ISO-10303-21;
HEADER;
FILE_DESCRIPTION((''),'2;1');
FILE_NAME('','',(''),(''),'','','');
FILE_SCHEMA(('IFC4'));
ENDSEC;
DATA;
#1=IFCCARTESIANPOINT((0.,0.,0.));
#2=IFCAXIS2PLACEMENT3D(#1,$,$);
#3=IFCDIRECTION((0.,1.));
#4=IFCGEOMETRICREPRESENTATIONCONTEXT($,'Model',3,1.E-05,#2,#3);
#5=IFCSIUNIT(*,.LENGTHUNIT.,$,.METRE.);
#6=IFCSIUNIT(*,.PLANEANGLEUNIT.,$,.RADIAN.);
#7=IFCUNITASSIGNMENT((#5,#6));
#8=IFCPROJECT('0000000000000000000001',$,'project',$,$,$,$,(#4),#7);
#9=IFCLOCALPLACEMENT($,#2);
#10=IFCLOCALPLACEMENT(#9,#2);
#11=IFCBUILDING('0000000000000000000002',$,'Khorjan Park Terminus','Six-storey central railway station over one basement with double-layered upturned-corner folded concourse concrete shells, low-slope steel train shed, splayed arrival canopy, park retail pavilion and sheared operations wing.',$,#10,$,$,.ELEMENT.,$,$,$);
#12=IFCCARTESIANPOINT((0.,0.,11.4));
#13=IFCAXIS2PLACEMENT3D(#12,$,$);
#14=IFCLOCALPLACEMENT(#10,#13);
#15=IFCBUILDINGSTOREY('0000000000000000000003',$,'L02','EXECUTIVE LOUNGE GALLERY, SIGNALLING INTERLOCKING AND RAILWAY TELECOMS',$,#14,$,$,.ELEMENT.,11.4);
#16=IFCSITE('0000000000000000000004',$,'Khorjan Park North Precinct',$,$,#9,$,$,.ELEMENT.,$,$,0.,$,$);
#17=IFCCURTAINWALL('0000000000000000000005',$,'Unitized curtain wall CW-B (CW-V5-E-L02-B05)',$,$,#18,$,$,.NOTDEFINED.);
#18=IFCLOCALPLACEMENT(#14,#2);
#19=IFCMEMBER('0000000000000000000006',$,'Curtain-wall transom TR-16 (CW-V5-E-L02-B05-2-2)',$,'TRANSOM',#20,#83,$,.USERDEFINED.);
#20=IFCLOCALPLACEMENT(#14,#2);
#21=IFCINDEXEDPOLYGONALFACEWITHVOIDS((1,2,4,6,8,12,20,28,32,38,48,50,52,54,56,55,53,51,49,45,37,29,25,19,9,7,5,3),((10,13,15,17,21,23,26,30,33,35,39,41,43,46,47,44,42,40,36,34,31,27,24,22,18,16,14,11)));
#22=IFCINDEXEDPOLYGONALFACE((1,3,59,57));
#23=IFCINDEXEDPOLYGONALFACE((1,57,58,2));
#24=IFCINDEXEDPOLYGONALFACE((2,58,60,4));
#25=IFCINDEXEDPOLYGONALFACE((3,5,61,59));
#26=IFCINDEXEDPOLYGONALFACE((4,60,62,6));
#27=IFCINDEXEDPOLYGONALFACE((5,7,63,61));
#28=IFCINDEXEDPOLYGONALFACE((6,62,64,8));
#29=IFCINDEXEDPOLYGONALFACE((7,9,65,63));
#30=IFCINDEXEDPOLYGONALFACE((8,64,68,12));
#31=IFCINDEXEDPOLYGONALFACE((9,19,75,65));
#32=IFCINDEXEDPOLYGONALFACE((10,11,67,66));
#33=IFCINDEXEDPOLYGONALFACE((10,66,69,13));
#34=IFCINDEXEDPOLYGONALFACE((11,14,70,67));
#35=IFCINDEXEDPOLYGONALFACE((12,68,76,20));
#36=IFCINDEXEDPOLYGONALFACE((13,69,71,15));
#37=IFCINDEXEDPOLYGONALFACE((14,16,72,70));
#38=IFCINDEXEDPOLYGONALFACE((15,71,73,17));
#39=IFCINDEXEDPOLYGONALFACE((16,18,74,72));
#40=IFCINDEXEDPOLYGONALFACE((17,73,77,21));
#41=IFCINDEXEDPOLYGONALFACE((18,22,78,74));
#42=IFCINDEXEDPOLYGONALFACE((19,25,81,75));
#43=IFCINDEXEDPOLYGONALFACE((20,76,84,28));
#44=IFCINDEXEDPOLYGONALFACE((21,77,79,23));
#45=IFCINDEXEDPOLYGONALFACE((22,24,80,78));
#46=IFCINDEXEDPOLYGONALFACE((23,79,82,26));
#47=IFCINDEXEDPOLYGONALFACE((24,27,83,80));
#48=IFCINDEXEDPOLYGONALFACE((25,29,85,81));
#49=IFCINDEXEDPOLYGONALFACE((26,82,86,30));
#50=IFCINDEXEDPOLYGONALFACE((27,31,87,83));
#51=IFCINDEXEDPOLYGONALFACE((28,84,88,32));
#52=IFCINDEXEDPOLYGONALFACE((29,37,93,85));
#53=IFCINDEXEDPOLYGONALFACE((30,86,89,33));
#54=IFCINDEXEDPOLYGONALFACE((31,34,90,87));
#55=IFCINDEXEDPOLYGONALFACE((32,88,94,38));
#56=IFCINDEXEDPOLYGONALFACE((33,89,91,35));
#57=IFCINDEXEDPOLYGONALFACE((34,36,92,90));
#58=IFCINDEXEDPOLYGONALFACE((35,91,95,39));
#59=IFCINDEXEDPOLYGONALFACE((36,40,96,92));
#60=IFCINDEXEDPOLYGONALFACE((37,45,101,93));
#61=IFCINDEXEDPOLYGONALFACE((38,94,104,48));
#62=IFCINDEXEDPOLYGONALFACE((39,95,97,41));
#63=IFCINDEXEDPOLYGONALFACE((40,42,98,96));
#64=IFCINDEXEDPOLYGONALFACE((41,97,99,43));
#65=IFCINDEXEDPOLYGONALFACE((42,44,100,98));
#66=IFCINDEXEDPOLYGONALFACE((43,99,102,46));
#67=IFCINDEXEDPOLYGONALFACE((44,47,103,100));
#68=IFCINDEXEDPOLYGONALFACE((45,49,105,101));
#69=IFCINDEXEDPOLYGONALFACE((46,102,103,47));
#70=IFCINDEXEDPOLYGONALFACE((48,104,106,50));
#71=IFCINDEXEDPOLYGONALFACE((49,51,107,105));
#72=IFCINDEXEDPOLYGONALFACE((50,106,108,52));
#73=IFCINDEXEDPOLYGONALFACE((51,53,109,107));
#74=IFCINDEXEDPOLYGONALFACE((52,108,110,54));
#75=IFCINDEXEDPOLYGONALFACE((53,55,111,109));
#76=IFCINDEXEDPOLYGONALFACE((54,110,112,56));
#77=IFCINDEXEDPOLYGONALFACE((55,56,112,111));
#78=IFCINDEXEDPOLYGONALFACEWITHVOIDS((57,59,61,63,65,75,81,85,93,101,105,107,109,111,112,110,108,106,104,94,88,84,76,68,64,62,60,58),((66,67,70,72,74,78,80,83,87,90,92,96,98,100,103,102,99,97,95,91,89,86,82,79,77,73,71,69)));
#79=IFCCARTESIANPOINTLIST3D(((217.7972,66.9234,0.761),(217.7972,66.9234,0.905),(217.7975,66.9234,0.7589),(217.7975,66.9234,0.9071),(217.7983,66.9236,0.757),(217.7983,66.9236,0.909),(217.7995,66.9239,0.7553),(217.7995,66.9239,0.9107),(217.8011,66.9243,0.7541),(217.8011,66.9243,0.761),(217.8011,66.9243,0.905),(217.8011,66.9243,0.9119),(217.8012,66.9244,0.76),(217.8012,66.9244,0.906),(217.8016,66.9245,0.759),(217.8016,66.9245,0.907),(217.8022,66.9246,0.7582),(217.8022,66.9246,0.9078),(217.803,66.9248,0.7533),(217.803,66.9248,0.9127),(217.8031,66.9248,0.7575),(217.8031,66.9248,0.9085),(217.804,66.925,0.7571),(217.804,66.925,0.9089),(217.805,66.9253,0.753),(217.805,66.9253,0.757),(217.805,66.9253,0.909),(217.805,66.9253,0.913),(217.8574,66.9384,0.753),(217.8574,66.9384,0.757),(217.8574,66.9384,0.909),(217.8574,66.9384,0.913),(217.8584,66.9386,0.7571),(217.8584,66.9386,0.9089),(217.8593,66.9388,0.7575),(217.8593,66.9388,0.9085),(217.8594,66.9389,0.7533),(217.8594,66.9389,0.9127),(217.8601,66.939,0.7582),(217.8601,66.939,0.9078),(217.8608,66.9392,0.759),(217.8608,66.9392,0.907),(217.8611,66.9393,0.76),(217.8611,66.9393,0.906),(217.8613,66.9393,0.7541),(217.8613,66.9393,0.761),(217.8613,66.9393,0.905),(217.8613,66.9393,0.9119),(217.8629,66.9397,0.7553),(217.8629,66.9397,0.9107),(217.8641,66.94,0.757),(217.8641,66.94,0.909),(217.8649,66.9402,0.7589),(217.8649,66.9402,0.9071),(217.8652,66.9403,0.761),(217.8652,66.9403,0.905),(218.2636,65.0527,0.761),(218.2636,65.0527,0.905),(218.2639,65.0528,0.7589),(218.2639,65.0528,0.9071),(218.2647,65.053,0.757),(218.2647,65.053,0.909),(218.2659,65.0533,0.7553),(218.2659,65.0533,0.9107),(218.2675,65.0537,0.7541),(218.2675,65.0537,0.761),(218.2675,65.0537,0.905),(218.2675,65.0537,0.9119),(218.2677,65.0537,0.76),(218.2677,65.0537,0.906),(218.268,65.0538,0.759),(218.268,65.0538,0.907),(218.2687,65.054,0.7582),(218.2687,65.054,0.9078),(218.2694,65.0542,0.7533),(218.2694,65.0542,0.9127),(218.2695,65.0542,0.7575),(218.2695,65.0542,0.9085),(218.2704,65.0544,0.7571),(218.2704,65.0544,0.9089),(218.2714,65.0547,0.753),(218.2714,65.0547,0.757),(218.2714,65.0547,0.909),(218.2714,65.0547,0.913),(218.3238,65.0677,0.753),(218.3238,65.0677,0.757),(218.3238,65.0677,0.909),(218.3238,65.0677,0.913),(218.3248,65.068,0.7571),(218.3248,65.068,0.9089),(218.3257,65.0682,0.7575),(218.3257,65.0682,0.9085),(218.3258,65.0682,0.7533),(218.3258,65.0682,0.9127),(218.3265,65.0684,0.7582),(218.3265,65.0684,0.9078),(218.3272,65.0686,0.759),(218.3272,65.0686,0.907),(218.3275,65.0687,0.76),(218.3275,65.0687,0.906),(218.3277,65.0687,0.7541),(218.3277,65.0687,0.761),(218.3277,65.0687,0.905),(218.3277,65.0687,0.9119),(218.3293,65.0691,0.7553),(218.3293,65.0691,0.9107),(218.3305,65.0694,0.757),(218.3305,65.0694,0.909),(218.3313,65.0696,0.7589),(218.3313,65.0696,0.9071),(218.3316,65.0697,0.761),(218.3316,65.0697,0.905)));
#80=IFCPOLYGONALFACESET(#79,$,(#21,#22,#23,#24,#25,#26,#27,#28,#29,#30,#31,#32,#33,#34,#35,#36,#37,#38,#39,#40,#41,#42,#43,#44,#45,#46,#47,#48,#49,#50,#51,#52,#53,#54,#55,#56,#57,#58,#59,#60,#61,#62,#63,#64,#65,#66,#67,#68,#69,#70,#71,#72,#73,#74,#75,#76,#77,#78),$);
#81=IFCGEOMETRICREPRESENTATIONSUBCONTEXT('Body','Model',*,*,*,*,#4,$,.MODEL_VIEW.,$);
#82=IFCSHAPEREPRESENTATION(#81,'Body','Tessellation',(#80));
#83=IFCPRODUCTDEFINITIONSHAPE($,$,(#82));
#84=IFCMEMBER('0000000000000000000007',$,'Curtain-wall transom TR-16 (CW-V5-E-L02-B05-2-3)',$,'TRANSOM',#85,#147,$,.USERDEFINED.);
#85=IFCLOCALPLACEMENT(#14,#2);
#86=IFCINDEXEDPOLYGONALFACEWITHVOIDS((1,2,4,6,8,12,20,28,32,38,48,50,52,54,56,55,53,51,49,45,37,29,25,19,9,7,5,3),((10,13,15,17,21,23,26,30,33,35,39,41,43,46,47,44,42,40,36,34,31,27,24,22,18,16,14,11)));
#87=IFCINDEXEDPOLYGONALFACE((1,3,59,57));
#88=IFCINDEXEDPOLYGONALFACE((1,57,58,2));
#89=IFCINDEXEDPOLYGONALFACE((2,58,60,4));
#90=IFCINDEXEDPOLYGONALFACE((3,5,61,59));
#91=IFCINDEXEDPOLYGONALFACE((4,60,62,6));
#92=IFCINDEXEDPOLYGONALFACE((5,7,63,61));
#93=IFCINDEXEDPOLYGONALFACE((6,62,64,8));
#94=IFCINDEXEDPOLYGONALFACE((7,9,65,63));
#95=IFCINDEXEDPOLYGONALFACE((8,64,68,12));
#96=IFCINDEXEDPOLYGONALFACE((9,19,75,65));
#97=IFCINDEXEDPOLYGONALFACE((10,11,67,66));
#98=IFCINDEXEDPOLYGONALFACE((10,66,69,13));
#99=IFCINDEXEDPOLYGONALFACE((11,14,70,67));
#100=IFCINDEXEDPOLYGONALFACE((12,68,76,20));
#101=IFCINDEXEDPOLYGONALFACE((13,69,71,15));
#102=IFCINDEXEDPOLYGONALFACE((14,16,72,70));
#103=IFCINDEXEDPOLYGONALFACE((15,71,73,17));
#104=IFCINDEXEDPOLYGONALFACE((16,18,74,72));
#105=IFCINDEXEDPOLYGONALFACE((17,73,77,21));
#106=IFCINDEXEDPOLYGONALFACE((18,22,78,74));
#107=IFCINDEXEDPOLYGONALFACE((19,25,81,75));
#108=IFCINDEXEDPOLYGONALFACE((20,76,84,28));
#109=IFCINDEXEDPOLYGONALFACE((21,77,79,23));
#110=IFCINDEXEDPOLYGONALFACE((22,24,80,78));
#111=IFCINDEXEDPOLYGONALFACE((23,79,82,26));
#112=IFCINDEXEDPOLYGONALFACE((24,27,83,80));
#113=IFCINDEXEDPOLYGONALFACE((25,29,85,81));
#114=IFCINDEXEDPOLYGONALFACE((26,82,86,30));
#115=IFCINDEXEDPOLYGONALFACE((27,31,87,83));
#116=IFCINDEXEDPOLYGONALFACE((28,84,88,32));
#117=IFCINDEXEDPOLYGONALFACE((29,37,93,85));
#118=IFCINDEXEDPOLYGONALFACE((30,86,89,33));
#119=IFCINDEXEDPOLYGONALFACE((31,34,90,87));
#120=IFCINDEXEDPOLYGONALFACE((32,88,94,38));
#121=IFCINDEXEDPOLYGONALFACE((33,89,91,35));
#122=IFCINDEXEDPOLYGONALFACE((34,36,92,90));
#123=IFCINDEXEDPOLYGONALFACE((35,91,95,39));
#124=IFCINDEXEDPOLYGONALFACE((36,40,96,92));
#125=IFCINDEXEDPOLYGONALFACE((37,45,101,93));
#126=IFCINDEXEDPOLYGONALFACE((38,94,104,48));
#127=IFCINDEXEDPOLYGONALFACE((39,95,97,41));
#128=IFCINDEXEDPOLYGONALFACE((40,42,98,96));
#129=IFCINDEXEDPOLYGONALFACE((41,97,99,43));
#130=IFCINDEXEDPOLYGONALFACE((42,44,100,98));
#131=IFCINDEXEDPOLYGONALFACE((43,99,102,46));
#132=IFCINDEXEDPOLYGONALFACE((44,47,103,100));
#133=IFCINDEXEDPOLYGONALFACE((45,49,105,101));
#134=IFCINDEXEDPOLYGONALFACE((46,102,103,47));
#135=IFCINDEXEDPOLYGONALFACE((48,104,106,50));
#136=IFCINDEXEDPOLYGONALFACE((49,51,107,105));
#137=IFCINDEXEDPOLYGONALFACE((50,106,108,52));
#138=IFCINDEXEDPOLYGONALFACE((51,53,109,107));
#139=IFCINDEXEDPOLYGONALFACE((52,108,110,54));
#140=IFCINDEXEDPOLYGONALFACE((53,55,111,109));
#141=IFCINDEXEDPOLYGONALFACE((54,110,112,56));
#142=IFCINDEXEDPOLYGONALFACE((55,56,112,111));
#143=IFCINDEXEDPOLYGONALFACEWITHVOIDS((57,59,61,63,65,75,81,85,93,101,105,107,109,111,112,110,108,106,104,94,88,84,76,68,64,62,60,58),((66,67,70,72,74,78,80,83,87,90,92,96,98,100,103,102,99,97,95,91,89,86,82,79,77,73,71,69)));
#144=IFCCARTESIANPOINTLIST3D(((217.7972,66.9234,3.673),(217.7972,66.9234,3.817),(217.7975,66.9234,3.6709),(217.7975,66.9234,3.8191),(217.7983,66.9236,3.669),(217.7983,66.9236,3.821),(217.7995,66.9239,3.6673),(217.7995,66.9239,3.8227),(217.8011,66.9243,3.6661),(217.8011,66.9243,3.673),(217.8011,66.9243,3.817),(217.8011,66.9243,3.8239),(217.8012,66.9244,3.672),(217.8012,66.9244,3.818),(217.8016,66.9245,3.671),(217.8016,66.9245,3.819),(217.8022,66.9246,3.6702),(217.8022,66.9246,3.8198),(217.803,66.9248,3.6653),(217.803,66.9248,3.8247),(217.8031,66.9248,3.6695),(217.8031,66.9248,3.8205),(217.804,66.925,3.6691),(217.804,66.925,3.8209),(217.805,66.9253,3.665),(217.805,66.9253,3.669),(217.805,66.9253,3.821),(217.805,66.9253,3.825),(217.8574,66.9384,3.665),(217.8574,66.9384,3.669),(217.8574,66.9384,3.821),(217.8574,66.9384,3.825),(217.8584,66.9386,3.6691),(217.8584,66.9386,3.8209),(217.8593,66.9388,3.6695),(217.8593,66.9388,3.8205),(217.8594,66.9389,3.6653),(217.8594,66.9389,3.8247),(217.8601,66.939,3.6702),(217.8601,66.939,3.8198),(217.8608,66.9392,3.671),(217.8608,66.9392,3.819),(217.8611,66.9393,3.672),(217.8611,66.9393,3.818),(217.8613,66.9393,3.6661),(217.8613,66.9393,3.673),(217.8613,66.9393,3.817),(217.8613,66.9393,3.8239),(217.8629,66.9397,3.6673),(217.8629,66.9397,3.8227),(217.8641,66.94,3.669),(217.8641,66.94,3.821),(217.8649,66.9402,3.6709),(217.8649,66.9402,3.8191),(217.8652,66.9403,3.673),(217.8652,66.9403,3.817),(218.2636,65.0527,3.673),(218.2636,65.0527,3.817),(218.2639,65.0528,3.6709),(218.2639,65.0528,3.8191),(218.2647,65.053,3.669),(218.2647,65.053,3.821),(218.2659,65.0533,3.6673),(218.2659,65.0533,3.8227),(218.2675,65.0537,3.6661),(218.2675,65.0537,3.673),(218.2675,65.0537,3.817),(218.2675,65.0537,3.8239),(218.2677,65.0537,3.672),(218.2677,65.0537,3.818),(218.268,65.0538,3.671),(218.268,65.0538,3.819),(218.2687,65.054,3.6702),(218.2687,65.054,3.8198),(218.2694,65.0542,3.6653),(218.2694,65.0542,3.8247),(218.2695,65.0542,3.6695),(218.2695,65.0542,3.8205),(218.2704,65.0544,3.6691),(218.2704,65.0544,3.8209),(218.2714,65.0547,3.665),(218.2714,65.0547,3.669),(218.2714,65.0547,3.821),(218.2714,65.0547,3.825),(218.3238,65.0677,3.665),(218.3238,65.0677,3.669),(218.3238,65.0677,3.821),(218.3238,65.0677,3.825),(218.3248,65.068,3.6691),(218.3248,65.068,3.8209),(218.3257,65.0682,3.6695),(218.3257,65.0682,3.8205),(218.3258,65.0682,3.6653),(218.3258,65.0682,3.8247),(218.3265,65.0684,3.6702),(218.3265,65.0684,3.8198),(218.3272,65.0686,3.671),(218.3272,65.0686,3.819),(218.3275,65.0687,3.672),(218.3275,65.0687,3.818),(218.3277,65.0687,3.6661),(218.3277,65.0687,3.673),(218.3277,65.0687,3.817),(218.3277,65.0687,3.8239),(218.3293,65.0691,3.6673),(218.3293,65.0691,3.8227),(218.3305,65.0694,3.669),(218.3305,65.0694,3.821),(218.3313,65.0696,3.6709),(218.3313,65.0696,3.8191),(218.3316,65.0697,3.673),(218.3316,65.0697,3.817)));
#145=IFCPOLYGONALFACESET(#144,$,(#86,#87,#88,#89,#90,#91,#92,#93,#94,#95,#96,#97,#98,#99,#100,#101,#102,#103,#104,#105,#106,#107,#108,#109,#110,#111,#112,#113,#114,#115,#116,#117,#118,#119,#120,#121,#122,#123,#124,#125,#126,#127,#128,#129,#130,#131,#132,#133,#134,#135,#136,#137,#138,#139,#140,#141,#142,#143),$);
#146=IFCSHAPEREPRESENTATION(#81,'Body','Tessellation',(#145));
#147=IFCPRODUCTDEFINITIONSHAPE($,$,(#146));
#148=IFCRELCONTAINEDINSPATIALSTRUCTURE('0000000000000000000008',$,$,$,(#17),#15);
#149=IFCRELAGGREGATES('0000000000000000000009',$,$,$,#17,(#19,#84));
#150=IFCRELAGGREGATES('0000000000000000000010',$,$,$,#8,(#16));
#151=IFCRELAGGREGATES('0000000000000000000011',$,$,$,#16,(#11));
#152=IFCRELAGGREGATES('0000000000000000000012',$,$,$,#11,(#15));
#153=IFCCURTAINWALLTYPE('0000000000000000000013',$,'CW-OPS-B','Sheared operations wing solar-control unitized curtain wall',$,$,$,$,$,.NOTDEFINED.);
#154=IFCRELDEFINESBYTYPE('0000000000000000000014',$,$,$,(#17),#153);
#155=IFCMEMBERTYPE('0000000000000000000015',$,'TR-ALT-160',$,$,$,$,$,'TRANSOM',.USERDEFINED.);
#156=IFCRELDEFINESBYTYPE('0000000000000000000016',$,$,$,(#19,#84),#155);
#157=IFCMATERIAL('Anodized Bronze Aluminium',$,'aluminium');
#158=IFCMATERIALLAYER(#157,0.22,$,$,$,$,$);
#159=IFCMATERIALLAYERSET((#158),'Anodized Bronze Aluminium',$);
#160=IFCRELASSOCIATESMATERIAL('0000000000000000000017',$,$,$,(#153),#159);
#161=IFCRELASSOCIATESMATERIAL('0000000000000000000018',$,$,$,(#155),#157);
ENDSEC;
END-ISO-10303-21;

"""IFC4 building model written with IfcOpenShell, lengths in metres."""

from ifc_helpers import new_model, si_unit, direction, frame, origin, origin_2d, place, context, subcontext, project, spatial, hollow_rectangle, extrude, material, layer, layer_set, material_profile, profile_set, type_object, element, aggregate, save


model = new_model("IFC4")

# Units and contexts
model_context = context("Model", 3, precision=1e-05, world=origin(), true_north=direction((0.0, 1.0)))
body_context = subcontext(model_context, "Body", "Model", "MODEL_VIEW")
ifc_project = project(units=[si_unit("LENGTHUNIT", "METRE"), si_unit("PLANEANGLEUNIT", "RADIAN")], contexts=[model_context])

# Site, building, storey
site_placement = place(None, origin())
site = spatial("IfcSite", under=ifc_project, at=site_placement, Name="Khorjan Park North Precinct", CompositionType="ELEMENT", RefElevation=0.0)
building_placement = place(site_placement, origin())
building = spatial("IfcBuilding", under=site, at=building_placement, Name="Khorjan Park Terminus", Description="Six-storey central railway station over one basement with double-layered upturned-corner folded concourse concrete shells, low-slope steel train shed, splayed arrival canopy, park retail pavilion and sheared operations wing.", CompositionType="ELEMENT")
storey_placement = place(building_placement, frame((0.0, 0.0, 11.4)))
storey = spatial("IfcBuildingStorey", under=building, at=storey_placement, Name="L02", Description="EXECUTIVE LOUNGE GALLERY, SIGNALLING INTERLOCKING AND RAILWAY TELECOMS", CompositionType="ELEMENT", Elevation=11.4)

# Curtain wall, members
ifc_material_1 = material(Name="Anodized Bronze Aluminium", Category="aluminium")
ifc_layer_1 = layer(ifc_material_1, 0.22)
ifc_layer_set_1 = layer_set([ifc_layer_1], Name="Anodized Bronze Aluminium")
curtain_wall_type = type_object("IfcCurtainWallType", Name="CW-OPS-B", Description="Sheared operations wing solar-control unitized curtain wall", PredefinedType="NOTDEFINED", material=ifc_layer_set_1)
curtain_wall_placement = place(storey_placement, origin())
curtain_wall = element("IfcCurtainWall", 1, at=curtain_wall_placement, inside=storey, type_object=curtain_wall_type, Name="Unitized curtain wall CW-B (CW-V5-E-L02-B05)", PredefinedType="NOTDEFINED")
ifc_material_profile_1 = material_profile(ifc_material_1, hollow_rectangle(XDim=0.07, YDim=0.16, WallThickness=0.004, InnerFilletRadius=0.004, OuterFilletRadius=0.008, at=origin_2d()), Name="ALT 70x160x4")
ifc_profile_set_1 = profile_set([ifc_material_profile_1], Name="Anodized Bronze Aluminium")
member_type_1 = type_object("IfcMemberType", Name="TR-ALT-160", ElementType="TRANSOM", PredefinedType="USERDEFINED", material=ifc_profile_set_1)
member_1_placement = place(storey_placement, frame((218.2976, 65.0612, 0.833), z_axis=(-0.241925, 0.970295, 0.0), x_axis=(-0.970295, -0.241925, 0.0)))
member_1 = element("IfcMember", 2, at=member_1_placement, type_object=member_type_1, Name="Curtain-wall transom TR-16 (CW-V5-E-L02-B05-2-2)", ObjectType="TRANSOM", PredefinedType="USERDEFINED", context=body_context, shape_type="SweptSolid", body=[
    extrude(hollow_rectangle(XDim=0.07, YDim=0.16, WallThickness=0.004, InnerFilletRadius=0.004, OuterFilletRadius=0.008, at=origin_2d()), origin(), (0.0, 0.0, 1.0), 1.9279),
])
member_2_placement = place(storey_placement, frame((218.2976, 65.0612, 3.745), z_axis=(-0.241925, 0.970295, 0.0), x_axis=(-0.970295, -0.241925, 0.0)))
member_2 = element("IfcMember", 3, at=member_2_placement, type_object=member_type_1, Name="Curtain-wall transom TR-16 (CW-V5-E-L02-B05-2-3)", ObjectType="TRANSOM", PredefinedType="USERDEFINED", context=body_context, shape_type="SweptSolid", body=[
    extrude(hollow_rectangle(XDim=0.07, YDim=0.16, WallThickness=0.004, InnerFilletRadius=0.004, OuterFilletRadius=0.008, at=origin_2d()), origin(), (0.0, 0.0, 1.0), 1.9279),
])
aggregate(curtain_wall, [member_1, member_2])

save(model, "model.ifc")
